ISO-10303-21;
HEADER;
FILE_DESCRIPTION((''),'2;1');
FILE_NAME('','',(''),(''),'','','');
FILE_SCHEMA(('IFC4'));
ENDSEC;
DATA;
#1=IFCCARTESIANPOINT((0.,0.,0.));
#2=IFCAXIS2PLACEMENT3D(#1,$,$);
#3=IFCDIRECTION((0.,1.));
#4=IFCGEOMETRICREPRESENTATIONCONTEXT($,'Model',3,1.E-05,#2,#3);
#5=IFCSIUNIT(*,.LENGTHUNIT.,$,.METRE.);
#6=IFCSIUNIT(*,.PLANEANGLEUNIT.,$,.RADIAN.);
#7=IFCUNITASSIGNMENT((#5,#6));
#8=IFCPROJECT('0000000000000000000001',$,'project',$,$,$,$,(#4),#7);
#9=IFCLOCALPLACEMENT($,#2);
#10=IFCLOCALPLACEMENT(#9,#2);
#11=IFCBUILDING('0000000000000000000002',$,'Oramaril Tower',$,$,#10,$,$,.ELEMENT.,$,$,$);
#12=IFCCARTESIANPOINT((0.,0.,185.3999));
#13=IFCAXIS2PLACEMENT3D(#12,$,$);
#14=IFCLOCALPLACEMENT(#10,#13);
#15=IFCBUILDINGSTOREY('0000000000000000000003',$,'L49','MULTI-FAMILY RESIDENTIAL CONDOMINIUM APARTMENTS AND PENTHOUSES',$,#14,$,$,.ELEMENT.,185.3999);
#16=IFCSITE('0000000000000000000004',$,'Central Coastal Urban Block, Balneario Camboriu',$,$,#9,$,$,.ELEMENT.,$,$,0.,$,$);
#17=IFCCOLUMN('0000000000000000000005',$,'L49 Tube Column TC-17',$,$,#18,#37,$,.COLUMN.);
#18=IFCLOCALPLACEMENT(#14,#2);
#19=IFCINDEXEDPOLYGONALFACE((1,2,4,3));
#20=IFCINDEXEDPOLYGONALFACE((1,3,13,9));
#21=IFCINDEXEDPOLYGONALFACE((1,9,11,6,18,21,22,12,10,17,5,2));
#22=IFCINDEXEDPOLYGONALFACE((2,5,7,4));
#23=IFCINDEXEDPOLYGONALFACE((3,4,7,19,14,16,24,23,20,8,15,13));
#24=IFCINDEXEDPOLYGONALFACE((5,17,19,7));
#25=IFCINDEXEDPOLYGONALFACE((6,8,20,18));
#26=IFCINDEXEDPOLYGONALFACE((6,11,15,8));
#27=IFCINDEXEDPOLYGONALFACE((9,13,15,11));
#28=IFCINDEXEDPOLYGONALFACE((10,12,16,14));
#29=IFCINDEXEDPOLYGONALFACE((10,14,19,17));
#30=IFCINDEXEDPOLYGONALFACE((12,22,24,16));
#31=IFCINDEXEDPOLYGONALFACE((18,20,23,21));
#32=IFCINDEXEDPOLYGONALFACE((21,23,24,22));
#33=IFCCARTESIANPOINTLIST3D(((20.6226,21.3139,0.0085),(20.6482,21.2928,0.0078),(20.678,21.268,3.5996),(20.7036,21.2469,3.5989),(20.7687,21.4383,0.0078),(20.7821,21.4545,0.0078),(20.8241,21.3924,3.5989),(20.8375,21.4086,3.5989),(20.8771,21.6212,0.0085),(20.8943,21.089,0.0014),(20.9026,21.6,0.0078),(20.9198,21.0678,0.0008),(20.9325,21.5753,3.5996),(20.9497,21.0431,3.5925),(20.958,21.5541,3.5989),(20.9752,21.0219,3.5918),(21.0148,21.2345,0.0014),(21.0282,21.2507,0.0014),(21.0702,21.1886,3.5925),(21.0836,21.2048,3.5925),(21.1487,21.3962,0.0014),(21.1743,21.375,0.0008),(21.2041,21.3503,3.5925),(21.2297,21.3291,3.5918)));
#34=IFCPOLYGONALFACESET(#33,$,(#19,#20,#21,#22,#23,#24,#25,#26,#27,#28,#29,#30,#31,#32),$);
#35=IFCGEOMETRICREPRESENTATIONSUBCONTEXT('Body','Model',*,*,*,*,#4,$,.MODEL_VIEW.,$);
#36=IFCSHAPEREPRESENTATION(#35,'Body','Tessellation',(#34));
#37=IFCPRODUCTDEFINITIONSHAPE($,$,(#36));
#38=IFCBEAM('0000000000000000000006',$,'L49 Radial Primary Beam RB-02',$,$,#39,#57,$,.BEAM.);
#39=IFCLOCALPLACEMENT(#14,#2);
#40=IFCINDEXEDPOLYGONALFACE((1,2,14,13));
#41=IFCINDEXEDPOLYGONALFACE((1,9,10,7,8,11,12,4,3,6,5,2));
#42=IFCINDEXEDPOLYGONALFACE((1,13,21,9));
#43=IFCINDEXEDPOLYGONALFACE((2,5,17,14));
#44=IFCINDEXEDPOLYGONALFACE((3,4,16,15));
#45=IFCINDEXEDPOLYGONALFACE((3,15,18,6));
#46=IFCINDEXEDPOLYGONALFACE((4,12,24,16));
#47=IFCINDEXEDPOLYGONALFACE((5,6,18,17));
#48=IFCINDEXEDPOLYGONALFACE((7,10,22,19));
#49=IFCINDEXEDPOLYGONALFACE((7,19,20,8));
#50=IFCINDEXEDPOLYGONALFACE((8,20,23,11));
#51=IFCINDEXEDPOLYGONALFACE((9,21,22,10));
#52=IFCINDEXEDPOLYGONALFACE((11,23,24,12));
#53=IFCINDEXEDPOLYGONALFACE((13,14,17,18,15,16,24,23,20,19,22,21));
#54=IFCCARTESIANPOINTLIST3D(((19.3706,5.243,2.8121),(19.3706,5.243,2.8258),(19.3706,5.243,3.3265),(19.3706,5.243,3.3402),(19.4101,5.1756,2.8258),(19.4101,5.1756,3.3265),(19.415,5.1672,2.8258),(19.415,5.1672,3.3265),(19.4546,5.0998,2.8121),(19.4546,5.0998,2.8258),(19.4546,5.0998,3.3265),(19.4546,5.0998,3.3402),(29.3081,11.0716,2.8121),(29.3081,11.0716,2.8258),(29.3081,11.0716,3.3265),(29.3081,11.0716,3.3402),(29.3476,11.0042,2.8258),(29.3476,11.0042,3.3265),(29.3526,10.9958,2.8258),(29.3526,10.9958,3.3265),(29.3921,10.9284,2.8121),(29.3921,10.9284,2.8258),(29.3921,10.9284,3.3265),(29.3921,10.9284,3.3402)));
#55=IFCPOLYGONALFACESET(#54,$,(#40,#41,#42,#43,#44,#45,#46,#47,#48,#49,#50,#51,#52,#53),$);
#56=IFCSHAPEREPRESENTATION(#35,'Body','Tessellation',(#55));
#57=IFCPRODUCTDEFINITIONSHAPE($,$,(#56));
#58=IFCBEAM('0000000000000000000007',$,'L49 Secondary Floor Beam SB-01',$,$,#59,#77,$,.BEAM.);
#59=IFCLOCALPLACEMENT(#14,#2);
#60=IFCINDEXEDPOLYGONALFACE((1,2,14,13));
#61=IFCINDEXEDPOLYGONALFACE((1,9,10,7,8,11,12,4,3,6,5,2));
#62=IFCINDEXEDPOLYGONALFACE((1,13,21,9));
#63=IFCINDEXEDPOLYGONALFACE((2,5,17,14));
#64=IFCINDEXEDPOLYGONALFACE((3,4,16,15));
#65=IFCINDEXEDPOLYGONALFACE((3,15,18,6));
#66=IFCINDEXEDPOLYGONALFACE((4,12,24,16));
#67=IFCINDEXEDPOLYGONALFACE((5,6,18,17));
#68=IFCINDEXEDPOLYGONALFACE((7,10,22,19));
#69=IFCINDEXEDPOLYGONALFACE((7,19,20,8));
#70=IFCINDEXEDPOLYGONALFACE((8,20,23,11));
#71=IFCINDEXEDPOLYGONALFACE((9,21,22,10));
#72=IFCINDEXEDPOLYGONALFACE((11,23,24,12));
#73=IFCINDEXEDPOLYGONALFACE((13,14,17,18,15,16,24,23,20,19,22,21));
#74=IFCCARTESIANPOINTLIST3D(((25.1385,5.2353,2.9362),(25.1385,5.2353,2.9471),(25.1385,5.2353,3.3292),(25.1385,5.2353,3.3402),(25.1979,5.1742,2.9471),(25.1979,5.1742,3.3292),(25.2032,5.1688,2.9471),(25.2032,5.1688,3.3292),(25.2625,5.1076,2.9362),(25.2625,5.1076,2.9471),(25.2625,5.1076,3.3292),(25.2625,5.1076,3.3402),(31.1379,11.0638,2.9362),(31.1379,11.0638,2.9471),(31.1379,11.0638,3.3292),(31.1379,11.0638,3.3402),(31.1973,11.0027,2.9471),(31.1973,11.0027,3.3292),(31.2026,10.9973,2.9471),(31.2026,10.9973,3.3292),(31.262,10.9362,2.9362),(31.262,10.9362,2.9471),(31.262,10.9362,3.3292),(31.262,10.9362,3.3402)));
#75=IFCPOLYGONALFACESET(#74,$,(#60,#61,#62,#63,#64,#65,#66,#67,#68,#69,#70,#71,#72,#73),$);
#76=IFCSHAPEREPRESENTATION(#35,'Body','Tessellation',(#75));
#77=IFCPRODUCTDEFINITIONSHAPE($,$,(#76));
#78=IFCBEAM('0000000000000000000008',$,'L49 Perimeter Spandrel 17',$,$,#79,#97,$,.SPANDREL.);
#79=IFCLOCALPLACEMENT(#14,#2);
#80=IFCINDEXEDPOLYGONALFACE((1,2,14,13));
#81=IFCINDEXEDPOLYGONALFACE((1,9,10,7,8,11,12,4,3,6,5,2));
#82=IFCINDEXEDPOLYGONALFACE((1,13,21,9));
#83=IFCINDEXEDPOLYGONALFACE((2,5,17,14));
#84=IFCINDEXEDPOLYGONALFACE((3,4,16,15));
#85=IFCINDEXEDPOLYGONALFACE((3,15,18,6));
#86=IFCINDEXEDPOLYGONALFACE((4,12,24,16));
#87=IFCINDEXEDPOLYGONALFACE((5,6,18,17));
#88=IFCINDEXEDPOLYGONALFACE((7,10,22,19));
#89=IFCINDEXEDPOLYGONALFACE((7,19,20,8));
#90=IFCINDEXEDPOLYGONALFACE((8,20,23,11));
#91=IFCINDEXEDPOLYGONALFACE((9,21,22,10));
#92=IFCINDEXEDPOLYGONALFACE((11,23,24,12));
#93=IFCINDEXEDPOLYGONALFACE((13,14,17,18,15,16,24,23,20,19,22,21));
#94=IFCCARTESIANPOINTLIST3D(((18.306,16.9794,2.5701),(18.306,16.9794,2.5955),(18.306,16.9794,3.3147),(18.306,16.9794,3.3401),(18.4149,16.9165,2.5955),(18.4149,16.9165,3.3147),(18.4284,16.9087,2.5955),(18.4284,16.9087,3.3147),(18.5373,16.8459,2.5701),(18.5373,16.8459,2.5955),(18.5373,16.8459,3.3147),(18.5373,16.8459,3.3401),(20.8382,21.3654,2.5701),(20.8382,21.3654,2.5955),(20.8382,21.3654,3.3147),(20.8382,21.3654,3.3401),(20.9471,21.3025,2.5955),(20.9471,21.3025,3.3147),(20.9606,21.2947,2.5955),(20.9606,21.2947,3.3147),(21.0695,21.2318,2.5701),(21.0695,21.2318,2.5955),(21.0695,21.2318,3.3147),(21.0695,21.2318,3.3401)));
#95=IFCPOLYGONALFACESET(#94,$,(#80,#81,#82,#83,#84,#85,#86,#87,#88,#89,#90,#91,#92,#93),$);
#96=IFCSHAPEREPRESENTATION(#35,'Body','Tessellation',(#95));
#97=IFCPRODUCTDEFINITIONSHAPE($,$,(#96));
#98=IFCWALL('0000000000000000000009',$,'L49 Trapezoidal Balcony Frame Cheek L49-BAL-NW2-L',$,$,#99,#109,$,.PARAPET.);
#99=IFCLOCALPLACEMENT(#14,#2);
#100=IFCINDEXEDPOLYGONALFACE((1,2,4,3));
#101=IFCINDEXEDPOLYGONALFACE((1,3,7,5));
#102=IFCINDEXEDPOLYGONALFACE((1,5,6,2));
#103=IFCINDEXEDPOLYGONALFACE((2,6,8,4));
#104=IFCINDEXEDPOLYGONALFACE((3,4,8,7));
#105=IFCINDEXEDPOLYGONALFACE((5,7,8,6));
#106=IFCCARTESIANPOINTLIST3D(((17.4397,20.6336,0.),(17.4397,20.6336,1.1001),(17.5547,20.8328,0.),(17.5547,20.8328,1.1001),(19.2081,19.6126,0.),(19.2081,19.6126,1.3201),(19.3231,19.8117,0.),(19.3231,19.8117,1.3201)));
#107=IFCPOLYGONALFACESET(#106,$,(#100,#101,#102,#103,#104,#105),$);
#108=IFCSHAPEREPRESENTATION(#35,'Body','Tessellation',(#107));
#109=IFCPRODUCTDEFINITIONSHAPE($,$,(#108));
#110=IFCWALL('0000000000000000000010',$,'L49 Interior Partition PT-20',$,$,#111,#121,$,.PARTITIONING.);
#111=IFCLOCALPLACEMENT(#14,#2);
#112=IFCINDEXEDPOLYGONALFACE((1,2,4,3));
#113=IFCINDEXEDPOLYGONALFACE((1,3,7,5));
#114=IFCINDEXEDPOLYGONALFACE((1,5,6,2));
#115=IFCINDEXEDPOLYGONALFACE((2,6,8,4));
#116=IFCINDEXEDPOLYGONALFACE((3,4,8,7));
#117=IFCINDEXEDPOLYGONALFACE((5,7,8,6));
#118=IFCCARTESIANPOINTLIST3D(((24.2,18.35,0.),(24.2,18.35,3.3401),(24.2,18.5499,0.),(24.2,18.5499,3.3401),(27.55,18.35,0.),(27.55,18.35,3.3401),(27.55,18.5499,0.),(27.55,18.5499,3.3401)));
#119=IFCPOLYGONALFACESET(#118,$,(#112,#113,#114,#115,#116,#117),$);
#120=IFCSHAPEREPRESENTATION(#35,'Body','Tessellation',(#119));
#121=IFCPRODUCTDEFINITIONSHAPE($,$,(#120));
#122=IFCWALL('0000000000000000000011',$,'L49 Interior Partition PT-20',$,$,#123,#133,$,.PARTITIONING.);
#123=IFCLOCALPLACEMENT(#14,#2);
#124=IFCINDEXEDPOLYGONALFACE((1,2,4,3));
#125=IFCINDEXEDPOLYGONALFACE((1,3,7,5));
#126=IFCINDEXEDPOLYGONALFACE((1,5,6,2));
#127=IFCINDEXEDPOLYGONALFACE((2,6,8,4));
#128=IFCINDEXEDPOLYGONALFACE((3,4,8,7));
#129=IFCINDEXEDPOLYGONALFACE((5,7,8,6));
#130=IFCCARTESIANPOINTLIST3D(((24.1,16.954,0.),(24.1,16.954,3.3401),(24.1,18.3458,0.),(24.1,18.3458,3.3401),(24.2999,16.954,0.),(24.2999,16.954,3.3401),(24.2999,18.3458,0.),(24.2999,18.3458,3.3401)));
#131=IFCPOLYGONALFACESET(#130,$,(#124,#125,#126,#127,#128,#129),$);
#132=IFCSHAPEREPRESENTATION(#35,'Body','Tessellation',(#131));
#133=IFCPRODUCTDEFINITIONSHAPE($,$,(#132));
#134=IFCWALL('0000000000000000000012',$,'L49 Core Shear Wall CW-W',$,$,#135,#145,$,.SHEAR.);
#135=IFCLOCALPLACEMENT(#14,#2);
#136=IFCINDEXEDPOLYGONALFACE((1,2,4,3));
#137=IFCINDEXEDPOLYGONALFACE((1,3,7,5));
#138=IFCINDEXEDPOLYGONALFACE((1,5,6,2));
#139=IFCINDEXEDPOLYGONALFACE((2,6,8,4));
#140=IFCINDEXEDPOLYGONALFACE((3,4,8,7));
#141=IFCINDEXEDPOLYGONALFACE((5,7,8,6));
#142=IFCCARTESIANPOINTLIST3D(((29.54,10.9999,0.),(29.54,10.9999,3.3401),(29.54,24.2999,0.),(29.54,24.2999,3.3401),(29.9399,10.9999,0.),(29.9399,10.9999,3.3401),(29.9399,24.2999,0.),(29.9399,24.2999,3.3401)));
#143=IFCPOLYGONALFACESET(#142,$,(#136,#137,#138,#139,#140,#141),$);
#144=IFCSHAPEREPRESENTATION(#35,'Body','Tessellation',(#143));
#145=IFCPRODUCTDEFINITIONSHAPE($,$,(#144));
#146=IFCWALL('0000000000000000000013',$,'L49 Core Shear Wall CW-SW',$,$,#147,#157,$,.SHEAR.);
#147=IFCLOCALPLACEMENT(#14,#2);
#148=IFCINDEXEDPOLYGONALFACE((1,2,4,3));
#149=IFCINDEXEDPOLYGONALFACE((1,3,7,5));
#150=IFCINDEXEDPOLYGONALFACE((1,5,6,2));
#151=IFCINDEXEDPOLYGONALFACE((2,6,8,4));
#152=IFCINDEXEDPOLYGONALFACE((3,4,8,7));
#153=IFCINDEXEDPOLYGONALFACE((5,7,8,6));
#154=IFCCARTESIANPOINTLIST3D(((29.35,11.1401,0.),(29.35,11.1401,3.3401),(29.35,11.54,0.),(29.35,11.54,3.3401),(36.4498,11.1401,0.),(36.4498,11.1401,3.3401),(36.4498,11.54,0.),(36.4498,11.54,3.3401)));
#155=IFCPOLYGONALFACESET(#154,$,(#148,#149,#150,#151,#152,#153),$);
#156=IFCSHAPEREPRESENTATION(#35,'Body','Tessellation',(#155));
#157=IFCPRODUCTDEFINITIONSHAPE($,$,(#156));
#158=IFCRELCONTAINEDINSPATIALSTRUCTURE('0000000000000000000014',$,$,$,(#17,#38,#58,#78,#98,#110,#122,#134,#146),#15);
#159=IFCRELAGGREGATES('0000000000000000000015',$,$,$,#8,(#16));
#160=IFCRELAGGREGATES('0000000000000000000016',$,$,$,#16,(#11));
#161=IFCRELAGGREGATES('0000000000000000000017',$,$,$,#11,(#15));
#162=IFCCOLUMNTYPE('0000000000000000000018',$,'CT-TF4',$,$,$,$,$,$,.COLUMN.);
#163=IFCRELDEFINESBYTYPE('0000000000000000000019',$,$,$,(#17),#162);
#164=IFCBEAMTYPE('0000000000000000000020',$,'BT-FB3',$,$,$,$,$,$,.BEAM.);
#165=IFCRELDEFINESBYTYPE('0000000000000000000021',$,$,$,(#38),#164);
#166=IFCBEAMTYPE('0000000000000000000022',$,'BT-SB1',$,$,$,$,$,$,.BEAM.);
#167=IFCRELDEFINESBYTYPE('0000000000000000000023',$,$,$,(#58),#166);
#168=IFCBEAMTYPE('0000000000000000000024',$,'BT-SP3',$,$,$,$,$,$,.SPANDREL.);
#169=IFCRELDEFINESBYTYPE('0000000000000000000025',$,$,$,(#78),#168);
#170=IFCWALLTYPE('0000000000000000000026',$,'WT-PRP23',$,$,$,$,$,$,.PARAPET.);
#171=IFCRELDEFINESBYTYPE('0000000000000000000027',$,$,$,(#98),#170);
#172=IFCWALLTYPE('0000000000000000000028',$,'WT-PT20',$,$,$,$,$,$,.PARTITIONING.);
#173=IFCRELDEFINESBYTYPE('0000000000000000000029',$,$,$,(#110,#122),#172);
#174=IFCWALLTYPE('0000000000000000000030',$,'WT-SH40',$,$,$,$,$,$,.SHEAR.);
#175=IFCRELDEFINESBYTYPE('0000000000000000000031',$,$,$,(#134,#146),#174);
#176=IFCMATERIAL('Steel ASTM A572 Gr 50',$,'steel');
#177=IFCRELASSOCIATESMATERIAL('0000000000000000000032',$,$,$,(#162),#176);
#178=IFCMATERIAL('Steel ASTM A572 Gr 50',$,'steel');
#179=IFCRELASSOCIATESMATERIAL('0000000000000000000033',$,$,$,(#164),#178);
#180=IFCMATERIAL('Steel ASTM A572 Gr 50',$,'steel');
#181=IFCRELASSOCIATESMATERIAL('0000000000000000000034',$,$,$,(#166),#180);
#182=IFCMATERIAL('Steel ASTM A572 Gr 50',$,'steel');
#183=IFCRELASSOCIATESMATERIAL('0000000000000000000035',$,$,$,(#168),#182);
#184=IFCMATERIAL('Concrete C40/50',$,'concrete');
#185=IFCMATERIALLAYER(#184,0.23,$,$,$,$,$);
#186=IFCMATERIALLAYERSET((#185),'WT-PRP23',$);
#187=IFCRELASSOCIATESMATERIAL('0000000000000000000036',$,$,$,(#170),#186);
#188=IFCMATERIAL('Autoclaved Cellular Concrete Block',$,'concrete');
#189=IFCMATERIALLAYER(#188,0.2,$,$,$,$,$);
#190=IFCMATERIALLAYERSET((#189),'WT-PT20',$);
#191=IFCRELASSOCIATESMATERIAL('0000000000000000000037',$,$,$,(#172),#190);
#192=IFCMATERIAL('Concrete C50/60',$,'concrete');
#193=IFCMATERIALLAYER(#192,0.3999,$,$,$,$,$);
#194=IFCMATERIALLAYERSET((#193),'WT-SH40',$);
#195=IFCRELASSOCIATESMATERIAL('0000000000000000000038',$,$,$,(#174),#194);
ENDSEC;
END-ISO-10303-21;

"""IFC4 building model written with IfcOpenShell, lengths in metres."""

from ifc_helpers import new_model, si_unit, direction, frame, frame_2d, origin, origin_2d, place, context, subcontext, project, spatial, polyline, rectangle, i_section, outline, extrude, material, layer, layer_set, material_profile, profile_set, type_object, element, save


model = new_model("IFC4")

# Units and contexts
model_context = context("Model", 3, precision=1e-05, world=origin(), true_north=direction((0.0, 1.0)))
body_context = subcontext(model_context, "Body", "Model", "MODEL_VIEW")
ifc_project = project(units=[si_unit("LENGTHUNIT", "METRE"), si_unit("PLANEANGLEUNIT", "RADIAN")], contexts=[model_context])

# Site, building, storey
site_placement = place(None, origin())
site = spatial("IfcSite", under=ifc_project, at=site_placement, Name="Central Coastal Urban Block, Balneario Camboriu", CompositionType="ELEMENT", RefElevation=0.0)
building_placement = place(site_placement, origin())
building = spatial("IfcBuilding", under=site, at=building_placement, Name="Oramaril Tower", CompositionType="ELEMENT")
storey_placement = place(building_placement, frame((0.0, 0.0, 185.3999)))
storey = spatial("IfcBuildingStorey", under=building, at=storey_placement, Name="L49", Description="MULTI-FAMILY RESIDENTIAL CONDOMINIUM APARTMENTS AND PENTHOUSES", CompositionType="ELEMENT", Elevation=185.3999)

# Column
ifc_material_1 = material(Name="Steel ASTM A572 Gr 50", Category="steel")
ifc_material_profile_1 = material_profile(ifc_material_1, i_section(OverallWidth=0.3989, OverallDepth=0.386, WebThickness=0.021, FlangeThickness=0.0332, at=origin_2d()), Name="W14X176")
ifc_profile_set_1 = profile_set([ifc_material_profile_1], Name="Steel ASTM A572 Gr 50")
column_type = type_object("IfcColumnType", Name="CT-TF4", PredefinedType="COLUMN", material=ifc_profile_set_1)
column_placement = place(storey_placement, frame((20.8984, 21.3445, 0.0046), z_axis=(0.01543, -0.012779, 0.999799), x_axis=(0.637845, 0.770164, 0.0)))
element("IfcColumn", 1, at=column_placement, inside=storey, type_object=column_type, Name="L49 Tube Column TC-17", PredefinedType="COLUMN", context=body_context, shape_type="SweptSolid", body=[
    extrude(i_section(OverallWidth=0.3989, OverallDepth=0.386, WebThickness=0.021, FlangeThickness=0.0332, at=origin_2d()), origin(), (0.0, 0.0, 1.0), 3.5918),
])

# Beams
ifc_material_2 = material(Name="Steel ASTM A572 Gr 50", Category="steel")
ifc_material_profile_2 = material_profile(ifc_material_2, i_section(OverallWidth=0.166, OverallDepth=0.5281, WebThickness=0.0098, FlangeThickness=0.0137, at=origin_2d()), Name="W21X50")
ifc_profile_set_2 = profile_set([ifc_material_profile_2], Name="Steel ASTM A572 Gr 50")
beam_type_1 = type_object("IfcBeamType", Name="BT-FB3", PredefinedType="BEAM", material=ifc_profile_set_2)
beam_1_placement = place(storey_placement, frame((29.3501, 11.0, 3.0762), z_axis=(-0.862577, -0.505925, 0.0), x_axis=(0.505925, -0.862577, 0.0)))
element("IfcBeam", 2, at=beam_1_placement, inside=storey, type_object=beam_type_1, Name="L49 Radial Primary Beam RB-02", PredefinedType="BEAM", context=body_context, shape_type="SweptSolid", body=[
    extrude(i_section(OverallWidth=0.166, OverallDepth=0.5281, WebThickness=0.0098, FlangeThickness=0.0137, at=origin_2d()), origin(), (0.0, 0.0, 1.0), 11.5208),
])
ifc_material_3 = material(Name="Steel ASTM A572 Gr 50", Category="steel")
ifc_material_profile_3 = material_profile(ifc_material_3, i_section(OverallWidth=0.178, OverallDepth=0.4041, WebThickness=0.0076, FlangeThickness=0.011, at=origin_2d()), Name="W16X36")
ifc_profile_set_3 = profile_set([ifc_material_profile_3], Name="Steel ASTM A572 Gr 50")
beam_type_2 = type_object("IfcBeamType", Name="BT-SB1", PredefinedType="BEAM", material=ifc_profile_set_3)
beam_2_placement = place(storey_placement, frame((31.2, 11.0, 3.1382), z_axis=(-0.717249, -0.696817, 0.0), x_axis=(0.696817, -0.717249, 0.0)))
element("IfcBeam", 3, at=beam_2_placement, inside=storey, type_object=beam_type_2, Name="L49 Secondary Floor Beam SB-01", PredefinedType="BEAM", context=body_context, shape_type="SweptSolid", body=[
    extrude(i_section(OverallWidth=0.178, OverallDepth=0.4041, WebThickness=0.0076, FlangeThickness=0.011, at=origin_2d()), origin(), (0.0, 0.0, 1.0), 8.3645),
])
ifc_material_4 = material(Name="Steel ASTM A572 Gr 50", Category="steel")
ifc_material_profile_4 = material_profile(ifc_material_4, i_section(OverallWidth=0.2671, OverallDepth=0.77, WebThickness=0.0156, FlangeThickness=0.0254, at=origin_2d()), Name="W30X132")
ifc_profile_set_4 = profile_set([ifc_material_profile_4], Name="Steel ASTM A572 Gr 50")
beam_type_3 = type_object("IfcBeamType", Name="BT-SP3", PredefinedType="SPANDREL", material=ifc_profile_set_4)
beam_3_placement = place(storey_placement, frame((20.9539, 21.2986, 2.9551), z_axis=(-0.499996, -0.866027, 0.0), x_axis=(0.866027, -0.499996, 0.0)))
element("IfcBeam", 4, at=beam_3_placement, inside=storey, type_object=beam_type_3, Name="L49 Perimeter Spandrel 17", PredefinedType="SPANDREL", context=body_context, shape_type="SweptSolid", body=[
    extrude(i_section(OverallWidth=0.2671, OverallDepth=0.77, WebThickness=0.0156, FlangeThickness=0.0254, at=origin_2d()), origin(), (0.0, 0.0, 1.0), 5.0645),
])

# Walls
ifc_material_5 = material(Name="Concrete C40/50", Category="concrete")
ifc_layer_1 = layer(ifc_material_5, 0.23)
ifc_layer_set_1 = layer_set([ifc_layer_1], Name="WT-PRP23")
wall_type_1 = type_object("IfcWallType", Name="WT-PRP23", PredefinedType="PARAPET", material=ifc_layer_set_1)
wall_1_placement = place(storey_placement, frame((19.2656, 19.7122, 0.0), z_axis=(0.0, 0.0, 1.0), x_axis=(-0.866012, 0.500023, 0.0)))
element("IfcWall", 5, at=wall_1_placement, inside=storey, type_object=wall_type_1, Name="L49 Trapezoidal Balcony Frame Cheek L49-BAL-NW2-L", PredefinedType="PARAPET", context=body_context, shape_type="SweptSolid", body=[
    extrude(outline(polyline([(0.0, 0.0), (2.042, 0.0), (2.042, 1.1001), (0.0, 1.3201), (0.0, 0.0)])), frame((0.0, 0.115, 0.0), z_axis=(0.0, -1.0, 0.0), x_axis=(1.0, 0.0, 0.0)), (0.0, 0.0, 1.0), 0.23),
])
ifc_material_6 = material(Name="Autoclaved Cellular Concrete Block", Category="concrete")
ifc_layer_2 = layer(ifc_material_6, 0.2)
ifc_layer_set_2 = layer_set([ifc_layer_2], Name="WT-PT20")
wall_type_2 = type_object("IfcWallType", Name="WT-PT20", PredefinedType="PARTITIONING", material=ifc_layer_set_2)
wall_2_placement = place(storey_placement, frame((24.2, 18.45, 0.0), z_axis=(0.0, 0.0, 1.0), x_axis=(1.0, 0.0, 0.0)))
element("IfcWall", 6, at=wall_2_placement, inside=storey, type_object=wall_type_2, Name="L49 Interior Partition PT-20", PredefinedType="PARTITIONING", context=body_context, shape_type="SweptSolid", body=[
    extrude(rectangle(XDim=3.3501, YDim=0.2, at=frame_2d((1.675, 0.0))), origin(), (0.0, 0.0, 1.0), 3.3401),
])
wall_3_placement = place(storey_placement, frame((24.2, 16.9541, 0.0), z_axis=(0.0, 0.0, 1.0), x_axis=(0.0, 1.0, 0.0)))
element("IfcWall", 7, at=wall_3_placement, inside=storey, type_object=wall_type_2, Name="L49 Interior Partition PT-20", PredefinedType="PARTITIONING", context=body_context, shape_type="SweptSolid", body=[
    extrude(rectangle(XDim=1.3918, YDim=0.2, at=frame_2d((0.6958, 0.0))), origin(), (0.0, 0.0, 1.0), 3.3401),
])

# Walls
ifc_material_7 = material(Name="Concrete C50/60", Category="concrete")
ifc_layer_3 = layer(ifc_material_7, 0.3999)
ifc_layer_set_3 = layer_set([ifc_layer_3], Name="WT-SH40")
wall_type_3 = type_object("IfcWallType", Name="WT-SH40", PredefinedType="SHEAR", material=ifc_layer_set_3)
wall_4_placement = place(storey_placement, frame((29.74, 11.0, 0.0), z_axis=(0.0, 0.0, 1.0), x_axis=(0.0, 1.0, 0.0)))
element("IfcWall", 8, at=wall_4_placement, inside=storey, type_object=wall_type_3, Name="L49 Core Shear Wall CW-W", PredefinedType="SHEAR", context=body_context, shape_type="SweptSolid", body=[
    extrude(rectangle(XDim=13.3, YDim=0.3999, at=frame_2d((6.6499, 0.0))), origin(), (0.0, 0.0, 1.0), 3.3401),
])
wall_5_placement = place(storey_placement, frame((29.3501, 11.3401, 0.0), z_axis=(0.0, 0.0, 1.0), x_axis=(1.0, 0.0, 0.0)))
element("IfcWall", 9, at=wall_5_placement, inside=storey, type_object=wall_type_3, Name="L49 Core Shear Wall CW-SW", PredefinedType="SHEAR", context=body_context, shape_type="SweptSolid", body=[
    extrude(rectangle(XDim=7.0999, YDim=0.3999, at=frame_2d((3.5498, 0.0))), origin(), (0.0, 0.0, 1.0), 3.3401),
])

save(model, "model.ifc")
